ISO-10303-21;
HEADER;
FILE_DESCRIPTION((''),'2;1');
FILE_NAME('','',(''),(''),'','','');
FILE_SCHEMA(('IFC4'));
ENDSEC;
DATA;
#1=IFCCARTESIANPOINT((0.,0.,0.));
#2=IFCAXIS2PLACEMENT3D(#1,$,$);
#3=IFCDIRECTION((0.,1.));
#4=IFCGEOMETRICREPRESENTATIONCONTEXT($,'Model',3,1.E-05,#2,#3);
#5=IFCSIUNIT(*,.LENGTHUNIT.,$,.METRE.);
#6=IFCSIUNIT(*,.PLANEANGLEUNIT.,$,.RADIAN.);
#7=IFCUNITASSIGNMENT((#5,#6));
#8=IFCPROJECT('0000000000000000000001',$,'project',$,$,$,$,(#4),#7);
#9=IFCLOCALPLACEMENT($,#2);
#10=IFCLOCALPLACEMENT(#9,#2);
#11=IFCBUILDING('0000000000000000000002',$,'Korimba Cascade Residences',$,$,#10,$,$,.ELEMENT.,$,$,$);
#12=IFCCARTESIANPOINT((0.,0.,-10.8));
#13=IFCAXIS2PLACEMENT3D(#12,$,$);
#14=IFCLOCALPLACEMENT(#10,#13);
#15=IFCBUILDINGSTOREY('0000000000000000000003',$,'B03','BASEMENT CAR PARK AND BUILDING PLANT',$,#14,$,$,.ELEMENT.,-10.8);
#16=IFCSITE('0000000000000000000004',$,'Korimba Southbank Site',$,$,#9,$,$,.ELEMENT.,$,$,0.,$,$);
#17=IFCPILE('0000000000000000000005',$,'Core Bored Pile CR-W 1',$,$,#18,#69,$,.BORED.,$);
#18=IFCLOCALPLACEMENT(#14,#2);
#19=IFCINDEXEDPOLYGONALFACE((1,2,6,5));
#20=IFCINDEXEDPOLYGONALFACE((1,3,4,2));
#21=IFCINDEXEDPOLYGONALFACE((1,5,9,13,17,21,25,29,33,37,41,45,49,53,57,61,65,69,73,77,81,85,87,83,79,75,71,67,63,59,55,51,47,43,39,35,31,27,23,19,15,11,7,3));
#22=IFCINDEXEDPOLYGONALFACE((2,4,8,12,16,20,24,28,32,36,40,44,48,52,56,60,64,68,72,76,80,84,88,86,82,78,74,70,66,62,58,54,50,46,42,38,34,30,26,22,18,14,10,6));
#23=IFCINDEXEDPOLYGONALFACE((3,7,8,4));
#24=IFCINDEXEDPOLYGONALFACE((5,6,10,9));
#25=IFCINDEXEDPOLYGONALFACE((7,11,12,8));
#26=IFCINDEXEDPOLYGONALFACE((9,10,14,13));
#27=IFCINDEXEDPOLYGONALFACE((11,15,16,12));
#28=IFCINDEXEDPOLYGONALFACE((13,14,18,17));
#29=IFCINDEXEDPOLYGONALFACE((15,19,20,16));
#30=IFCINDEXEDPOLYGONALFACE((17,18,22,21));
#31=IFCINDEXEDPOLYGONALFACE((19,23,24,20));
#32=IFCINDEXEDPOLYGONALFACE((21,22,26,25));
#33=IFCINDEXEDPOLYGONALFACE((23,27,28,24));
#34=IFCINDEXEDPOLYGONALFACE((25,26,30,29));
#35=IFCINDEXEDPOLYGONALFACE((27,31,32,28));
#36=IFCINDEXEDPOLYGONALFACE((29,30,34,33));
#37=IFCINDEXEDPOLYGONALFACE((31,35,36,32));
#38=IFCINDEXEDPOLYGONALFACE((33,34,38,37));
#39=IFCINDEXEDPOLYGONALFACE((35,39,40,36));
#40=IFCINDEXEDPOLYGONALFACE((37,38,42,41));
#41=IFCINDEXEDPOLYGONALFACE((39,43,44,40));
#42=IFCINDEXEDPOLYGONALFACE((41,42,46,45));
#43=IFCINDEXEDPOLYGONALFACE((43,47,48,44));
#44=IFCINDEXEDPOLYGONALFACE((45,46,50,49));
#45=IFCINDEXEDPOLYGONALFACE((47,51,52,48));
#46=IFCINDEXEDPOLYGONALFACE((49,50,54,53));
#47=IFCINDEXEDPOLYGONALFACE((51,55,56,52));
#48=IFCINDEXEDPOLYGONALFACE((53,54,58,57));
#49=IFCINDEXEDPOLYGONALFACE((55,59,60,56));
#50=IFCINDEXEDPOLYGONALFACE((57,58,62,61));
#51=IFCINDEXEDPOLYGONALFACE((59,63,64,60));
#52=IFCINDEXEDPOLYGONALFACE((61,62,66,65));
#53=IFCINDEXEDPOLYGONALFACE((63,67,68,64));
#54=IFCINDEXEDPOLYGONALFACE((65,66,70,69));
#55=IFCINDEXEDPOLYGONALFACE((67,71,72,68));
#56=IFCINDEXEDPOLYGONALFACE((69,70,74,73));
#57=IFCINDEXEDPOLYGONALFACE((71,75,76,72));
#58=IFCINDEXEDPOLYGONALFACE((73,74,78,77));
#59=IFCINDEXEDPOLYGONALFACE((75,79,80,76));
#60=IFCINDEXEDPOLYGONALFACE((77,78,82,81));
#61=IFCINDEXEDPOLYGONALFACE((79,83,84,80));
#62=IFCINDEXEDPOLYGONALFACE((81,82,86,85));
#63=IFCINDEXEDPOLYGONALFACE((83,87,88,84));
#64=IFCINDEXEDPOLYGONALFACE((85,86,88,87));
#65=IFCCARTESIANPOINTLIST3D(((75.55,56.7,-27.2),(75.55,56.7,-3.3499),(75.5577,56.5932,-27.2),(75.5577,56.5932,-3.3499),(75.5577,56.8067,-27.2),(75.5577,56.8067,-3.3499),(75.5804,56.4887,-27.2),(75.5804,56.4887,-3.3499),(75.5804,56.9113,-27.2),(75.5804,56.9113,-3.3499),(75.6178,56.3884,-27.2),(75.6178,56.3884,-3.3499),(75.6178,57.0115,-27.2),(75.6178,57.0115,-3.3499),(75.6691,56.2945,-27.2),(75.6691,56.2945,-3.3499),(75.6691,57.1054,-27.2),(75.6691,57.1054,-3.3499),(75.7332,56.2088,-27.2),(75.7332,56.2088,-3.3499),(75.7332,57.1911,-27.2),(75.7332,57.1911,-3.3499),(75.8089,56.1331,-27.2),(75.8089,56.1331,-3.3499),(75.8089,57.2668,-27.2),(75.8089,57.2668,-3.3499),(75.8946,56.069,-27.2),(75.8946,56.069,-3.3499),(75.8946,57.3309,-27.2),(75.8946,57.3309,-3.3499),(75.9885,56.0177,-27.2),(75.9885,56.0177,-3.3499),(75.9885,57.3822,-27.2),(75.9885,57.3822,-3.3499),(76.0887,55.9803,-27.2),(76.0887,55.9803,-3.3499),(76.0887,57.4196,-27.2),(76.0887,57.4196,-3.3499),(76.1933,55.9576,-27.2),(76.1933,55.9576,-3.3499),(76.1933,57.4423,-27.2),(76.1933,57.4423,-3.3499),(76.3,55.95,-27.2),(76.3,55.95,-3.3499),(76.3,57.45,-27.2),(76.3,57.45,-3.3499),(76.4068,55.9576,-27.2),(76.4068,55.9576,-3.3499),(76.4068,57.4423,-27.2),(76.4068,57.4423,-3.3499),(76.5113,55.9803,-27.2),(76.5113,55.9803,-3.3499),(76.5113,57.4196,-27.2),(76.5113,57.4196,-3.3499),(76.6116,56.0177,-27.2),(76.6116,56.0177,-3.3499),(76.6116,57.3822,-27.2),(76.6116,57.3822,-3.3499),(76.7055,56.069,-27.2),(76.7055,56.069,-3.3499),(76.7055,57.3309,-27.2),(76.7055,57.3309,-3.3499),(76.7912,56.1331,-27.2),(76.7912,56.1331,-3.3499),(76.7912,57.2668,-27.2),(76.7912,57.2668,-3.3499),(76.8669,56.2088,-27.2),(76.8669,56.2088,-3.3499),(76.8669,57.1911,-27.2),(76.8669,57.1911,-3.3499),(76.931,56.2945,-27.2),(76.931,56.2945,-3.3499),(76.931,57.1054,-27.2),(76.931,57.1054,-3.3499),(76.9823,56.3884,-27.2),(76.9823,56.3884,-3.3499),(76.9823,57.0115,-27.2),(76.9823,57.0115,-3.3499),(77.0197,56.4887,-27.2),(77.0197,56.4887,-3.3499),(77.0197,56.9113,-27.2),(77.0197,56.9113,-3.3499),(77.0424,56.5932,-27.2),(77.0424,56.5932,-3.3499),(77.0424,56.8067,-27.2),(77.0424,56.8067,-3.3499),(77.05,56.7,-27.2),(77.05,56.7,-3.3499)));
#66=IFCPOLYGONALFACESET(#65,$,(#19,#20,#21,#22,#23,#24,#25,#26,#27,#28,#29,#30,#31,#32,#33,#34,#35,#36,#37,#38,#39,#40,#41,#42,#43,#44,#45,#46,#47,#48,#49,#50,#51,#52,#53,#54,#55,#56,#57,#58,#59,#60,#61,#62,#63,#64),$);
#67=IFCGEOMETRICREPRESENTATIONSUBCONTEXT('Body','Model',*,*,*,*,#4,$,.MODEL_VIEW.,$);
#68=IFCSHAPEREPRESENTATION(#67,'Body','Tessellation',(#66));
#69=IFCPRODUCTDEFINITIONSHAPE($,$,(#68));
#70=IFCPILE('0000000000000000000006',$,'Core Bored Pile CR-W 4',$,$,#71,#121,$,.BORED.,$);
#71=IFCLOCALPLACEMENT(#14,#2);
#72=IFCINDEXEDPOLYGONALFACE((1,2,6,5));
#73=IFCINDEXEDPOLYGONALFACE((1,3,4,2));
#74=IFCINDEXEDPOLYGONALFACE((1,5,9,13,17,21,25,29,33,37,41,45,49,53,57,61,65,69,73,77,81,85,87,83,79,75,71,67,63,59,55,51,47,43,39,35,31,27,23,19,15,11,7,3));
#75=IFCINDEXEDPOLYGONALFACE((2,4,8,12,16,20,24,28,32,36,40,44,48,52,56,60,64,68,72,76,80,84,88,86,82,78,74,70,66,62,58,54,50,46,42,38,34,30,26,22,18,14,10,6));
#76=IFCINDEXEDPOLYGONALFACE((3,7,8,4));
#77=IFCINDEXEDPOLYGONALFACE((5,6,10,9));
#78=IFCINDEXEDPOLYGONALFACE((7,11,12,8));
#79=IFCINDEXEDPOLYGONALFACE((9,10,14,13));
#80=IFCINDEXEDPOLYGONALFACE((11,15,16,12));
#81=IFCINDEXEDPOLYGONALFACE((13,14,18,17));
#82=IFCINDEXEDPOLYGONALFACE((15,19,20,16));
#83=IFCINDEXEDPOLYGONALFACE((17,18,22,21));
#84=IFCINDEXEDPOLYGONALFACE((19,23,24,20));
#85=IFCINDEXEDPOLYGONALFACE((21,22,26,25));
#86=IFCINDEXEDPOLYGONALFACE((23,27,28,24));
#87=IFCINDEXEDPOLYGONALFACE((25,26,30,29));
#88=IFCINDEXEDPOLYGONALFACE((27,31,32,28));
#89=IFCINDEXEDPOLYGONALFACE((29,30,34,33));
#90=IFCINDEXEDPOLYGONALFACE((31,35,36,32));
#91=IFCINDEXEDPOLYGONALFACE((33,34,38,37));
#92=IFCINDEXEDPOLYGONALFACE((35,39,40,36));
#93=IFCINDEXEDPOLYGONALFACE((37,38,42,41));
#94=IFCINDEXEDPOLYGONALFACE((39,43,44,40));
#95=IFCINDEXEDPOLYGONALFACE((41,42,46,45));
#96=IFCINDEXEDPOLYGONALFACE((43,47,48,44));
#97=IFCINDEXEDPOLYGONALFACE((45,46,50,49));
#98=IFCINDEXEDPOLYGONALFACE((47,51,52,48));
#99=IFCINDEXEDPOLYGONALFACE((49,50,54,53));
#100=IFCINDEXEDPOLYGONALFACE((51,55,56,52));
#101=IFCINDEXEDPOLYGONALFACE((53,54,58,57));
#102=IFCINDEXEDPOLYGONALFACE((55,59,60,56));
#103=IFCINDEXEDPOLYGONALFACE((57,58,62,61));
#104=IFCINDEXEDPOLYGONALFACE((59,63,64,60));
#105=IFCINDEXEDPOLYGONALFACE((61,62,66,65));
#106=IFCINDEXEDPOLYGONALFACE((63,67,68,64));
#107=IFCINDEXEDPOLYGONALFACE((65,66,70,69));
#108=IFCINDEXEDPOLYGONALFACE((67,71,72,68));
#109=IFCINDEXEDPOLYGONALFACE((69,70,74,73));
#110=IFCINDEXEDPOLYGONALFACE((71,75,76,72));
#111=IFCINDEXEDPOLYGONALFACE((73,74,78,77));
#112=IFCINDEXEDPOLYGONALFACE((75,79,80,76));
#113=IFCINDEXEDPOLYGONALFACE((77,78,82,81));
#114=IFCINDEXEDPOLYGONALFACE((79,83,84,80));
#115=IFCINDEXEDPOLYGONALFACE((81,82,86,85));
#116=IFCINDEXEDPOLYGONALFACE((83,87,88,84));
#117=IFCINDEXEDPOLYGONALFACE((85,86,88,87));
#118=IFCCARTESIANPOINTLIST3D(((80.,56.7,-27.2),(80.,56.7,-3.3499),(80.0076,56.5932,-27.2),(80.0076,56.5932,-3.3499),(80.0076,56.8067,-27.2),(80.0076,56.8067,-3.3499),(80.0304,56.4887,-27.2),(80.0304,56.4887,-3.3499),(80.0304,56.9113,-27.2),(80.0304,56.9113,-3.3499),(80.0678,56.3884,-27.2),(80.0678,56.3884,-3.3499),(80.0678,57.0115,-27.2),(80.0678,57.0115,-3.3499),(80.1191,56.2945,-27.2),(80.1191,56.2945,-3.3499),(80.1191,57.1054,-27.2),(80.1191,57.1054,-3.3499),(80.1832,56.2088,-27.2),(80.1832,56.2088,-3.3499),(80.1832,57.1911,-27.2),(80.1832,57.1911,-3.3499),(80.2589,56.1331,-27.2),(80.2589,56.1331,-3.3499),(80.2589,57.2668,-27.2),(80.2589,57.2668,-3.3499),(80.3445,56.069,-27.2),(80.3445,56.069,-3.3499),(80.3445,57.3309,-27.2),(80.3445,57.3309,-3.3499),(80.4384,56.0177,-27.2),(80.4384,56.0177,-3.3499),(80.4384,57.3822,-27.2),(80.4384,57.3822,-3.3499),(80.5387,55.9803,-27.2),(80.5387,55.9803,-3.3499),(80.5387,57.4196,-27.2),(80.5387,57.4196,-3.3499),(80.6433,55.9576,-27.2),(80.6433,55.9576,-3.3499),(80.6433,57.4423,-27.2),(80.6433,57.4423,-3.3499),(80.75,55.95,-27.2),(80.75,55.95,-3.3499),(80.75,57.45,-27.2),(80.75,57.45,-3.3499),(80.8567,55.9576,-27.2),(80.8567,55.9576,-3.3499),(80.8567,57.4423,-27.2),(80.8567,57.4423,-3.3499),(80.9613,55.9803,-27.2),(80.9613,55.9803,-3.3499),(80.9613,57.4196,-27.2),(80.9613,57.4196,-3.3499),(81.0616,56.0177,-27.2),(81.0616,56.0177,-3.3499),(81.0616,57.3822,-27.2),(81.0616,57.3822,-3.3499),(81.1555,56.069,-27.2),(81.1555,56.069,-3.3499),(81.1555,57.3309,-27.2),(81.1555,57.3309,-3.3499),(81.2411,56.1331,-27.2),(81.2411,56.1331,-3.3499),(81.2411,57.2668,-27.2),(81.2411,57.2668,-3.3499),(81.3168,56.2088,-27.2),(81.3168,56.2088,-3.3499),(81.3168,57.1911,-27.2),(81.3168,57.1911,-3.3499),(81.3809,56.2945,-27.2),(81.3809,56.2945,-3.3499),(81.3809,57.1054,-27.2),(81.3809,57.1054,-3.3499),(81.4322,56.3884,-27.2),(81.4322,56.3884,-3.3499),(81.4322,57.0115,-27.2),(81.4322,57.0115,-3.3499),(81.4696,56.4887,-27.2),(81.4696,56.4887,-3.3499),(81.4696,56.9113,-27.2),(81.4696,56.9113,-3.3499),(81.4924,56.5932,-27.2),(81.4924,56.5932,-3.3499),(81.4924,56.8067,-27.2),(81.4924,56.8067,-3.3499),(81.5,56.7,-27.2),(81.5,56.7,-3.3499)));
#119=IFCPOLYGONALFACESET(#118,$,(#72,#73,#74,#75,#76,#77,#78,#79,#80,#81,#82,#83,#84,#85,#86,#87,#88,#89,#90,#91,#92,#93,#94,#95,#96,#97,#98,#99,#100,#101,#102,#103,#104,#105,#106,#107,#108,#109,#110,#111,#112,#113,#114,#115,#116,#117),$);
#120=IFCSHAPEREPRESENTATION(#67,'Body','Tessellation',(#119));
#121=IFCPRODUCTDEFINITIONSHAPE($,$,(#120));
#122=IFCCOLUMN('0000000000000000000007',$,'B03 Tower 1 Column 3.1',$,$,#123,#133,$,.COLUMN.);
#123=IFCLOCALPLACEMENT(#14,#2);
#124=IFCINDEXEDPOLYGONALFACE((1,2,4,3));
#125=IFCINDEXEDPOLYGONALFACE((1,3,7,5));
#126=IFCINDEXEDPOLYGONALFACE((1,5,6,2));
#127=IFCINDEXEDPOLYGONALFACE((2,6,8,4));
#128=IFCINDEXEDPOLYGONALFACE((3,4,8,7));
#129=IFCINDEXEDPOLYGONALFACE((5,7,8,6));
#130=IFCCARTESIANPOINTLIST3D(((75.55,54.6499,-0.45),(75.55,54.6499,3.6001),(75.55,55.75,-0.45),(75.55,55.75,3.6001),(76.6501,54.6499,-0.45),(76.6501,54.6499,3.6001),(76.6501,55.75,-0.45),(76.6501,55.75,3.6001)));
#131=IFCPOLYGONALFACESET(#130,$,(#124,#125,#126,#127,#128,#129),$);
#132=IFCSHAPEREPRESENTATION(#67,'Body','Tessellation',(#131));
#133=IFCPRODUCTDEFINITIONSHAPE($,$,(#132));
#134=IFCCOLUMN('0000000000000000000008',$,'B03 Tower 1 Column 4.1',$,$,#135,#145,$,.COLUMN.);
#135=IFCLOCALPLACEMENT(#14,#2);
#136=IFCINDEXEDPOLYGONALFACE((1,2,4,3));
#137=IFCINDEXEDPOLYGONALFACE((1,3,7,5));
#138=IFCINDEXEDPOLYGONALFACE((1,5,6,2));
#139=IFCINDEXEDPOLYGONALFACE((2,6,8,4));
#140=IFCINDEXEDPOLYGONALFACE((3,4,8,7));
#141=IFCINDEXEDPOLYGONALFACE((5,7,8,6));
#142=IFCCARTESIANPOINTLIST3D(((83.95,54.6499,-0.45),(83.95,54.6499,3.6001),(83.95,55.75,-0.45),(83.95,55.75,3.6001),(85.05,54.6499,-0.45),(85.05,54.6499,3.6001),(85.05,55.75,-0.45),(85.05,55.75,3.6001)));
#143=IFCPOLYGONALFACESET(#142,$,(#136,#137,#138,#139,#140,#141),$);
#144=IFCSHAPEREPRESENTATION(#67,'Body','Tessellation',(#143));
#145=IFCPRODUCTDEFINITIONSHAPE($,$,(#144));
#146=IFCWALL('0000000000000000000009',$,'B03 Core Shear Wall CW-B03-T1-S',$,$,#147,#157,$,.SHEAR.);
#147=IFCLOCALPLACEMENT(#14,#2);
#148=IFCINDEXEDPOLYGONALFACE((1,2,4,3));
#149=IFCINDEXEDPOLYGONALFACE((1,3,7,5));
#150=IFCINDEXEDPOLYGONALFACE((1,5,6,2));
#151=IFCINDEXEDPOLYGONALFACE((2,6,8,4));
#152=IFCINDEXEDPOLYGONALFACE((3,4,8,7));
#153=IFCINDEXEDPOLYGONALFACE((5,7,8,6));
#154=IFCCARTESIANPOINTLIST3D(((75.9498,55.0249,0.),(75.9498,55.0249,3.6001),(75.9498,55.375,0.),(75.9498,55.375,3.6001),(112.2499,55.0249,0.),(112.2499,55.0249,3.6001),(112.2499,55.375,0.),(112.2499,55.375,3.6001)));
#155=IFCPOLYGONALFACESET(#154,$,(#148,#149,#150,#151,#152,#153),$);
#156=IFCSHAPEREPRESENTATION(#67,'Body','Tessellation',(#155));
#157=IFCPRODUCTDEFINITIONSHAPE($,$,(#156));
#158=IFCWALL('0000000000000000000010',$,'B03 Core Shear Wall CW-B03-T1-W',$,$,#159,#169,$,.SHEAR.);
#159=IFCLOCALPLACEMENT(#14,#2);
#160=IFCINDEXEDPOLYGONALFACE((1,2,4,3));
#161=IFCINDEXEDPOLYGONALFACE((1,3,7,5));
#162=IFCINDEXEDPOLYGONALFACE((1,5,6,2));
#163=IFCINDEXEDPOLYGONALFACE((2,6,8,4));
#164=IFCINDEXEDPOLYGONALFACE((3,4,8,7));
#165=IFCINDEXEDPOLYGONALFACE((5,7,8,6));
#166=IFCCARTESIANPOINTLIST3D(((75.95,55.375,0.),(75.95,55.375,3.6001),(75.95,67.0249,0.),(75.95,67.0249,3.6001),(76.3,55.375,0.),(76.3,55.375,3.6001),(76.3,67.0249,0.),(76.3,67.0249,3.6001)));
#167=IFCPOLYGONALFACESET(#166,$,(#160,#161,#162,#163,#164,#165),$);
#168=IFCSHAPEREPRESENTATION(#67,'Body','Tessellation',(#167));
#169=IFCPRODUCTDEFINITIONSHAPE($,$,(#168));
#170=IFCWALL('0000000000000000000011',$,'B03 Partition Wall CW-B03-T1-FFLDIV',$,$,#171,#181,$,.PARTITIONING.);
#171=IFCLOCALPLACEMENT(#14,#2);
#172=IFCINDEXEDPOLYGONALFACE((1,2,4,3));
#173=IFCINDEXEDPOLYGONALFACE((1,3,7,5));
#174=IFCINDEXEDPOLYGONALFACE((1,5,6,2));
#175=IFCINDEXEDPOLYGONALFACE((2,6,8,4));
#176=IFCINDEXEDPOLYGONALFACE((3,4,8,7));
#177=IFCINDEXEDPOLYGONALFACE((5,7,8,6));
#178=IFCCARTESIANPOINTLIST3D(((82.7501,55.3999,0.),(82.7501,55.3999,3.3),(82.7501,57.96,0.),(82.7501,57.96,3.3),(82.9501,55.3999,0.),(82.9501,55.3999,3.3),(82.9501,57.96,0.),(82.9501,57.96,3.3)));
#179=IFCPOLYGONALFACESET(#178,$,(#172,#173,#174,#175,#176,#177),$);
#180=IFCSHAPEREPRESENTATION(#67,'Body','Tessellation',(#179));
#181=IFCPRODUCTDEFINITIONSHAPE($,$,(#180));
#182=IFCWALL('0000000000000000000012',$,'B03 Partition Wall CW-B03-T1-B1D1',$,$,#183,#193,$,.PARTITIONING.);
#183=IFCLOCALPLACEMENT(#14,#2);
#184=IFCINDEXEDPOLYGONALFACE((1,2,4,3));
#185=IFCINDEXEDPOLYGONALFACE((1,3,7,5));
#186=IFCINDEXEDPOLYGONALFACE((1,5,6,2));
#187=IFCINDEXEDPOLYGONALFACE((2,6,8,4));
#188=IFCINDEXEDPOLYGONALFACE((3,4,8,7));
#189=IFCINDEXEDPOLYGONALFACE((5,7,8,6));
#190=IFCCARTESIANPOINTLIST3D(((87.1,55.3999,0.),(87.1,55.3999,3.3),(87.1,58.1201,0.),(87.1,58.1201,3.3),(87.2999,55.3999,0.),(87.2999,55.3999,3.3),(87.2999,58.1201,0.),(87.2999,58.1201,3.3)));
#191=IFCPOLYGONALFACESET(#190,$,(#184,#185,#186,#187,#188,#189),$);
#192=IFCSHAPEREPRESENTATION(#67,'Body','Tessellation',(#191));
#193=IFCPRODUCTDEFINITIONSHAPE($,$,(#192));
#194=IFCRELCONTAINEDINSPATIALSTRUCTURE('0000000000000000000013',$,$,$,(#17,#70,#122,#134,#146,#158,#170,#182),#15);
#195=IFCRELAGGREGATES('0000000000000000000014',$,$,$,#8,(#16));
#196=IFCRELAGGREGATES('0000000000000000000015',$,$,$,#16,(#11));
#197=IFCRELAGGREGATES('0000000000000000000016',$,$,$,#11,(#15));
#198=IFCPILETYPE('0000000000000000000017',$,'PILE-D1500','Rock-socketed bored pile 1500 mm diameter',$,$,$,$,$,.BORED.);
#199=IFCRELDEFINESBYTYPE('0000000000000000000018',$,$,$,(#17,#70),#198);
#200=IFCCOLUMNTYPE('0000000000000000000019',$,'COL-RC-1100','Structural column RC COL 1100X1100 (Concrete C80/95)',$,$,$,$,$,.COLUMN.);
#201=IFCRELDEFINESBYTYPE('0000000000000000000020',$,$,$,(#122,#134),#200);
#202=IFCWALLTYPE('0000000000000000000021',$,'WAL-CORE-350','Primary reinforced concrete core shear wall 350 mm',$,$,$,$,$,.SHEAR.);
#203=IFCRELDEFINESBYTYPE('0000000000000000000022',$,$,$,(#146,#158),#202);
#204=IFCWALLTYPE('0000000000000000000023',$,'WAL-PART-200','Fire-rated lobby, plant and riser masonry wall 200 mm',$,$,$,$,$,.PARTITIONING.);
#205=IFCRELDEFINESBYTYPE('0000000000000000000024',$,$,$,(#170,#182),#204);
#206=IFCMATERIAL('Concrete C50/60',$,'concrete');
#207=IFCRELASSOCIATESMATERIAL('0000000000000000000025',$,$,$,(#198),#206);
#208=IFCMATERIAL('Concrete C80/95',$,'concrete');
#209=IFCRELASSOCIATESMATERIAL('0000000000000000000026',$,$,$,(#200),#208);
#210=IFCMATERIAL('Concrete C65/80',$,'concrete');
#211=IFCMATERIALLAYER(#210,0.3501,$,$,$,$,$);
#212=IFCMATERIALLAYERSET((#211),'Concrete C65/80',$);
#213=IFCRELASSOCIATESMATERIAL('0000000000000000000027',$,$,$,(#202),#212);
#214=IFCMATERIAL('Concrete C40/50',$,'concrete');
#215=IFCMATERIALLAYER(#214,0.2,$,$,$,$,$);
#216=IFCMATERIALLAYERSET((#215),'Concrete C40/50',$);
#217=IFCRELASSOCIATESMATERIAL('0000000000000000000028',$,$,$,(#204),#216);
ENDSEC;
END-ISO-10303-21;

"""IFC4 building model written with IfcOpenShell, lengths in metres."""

from ifc_helpers import new_model, si_unit, direction, frame, frame_2d, origin, origin_2d, place, context, subcontext, project, spatial, rectangle, circle, extrude, material, layer, layer_set, material_profile, profile_set, type_object, element, save


model = new_model("IFC4")

# Units and contexts
model_context = context("Model", 3, precision=1e-05, world=origin(), true_north=direction((0.0, 1.0)))
body_context = subcontext(model_context, "Body", "Model", "MODEL_VIEW")
ifc_project = project(units=[si_unit("LENGTHUNIT", "METRE"), si_unit("PLANEANGLEUNIT", "RADIAN")], contexts=[model_context])

# Site, building, storey
site_placement = place(None, origin())
site = spatial("IfcSite", under=ifc_project, at=site_placement, Name="Korimba Southbank Site", CompositionType="ELEMENT", RefElevation=0.0)
building_placement = place(site_placement, origin())
building = spatial("IfcBuilding", under=site, at=building_placement, Name="Korimba Cascade Residences", CompositionType="ELEMENT")
storey_placement = place(building_placement, frame((0.0, 0.0, -10.8)))
storey = spatial("IfcBuildingStorey", under=building, at=storey_placement, Name="B03", Description="BASEMENT CAR PARK AND BUILDING PLANT", CompositionType="ELEMENT", Elevation=-10.8)

# Piles
ifc_material_1 = material(Name="Concrete C50/60", Category="concrete")
ifc_material_profile_1 = material_profile(ifc_material_1, circle(Radius=0.75, at=origin_2d()), Name="Concrete C50/60")
ifc_profile_set_1 = profile_set([ifc_material_profile_1], Name="Concrete C50/60")
pile_type = type_object("IfcPileType", Name="PILE-D1500", Description="Rock-socketed bored pile 1500 mm diameter", PredefinedType="BORED", material=ifc_profile_set_1)
for number, where, z_axis, x_axis, name in (
    (1, (76.3, 56.7, -3.3499), (0.0, 0.0, -1.0), (1.0, 0.0, 0.0), "Core Bored Pile CR-W 1"),
    (2, (80.75, 56.7, -3.3499), (0.0, 0.0, -1.0), (1.0, 0.0, 0.0), "Core Bored Pile CR-W 4"),
):
    element("IfcPile", number, at=place(storey_placement, frame(where, z_axis=z_axis, x_axis=x_axis)), inside=storey, type_object=pile_type, Name=name, PredefinedType="BORED", context=body_context, shape_type="SweptSolid", body=[
        extrude(circle(Radius=0.75, at=origin_2d()), origin(), (0.0, 0.0, 1.0), 23.8501),
    ])

# Columns
ifc_material_2 = material(Name="Concrete C80/95", Category="concrete")
ifc_material_profile_2 = material_profile(ifc_material_2, rectangle(XDim=1.1001, YDim=1.1001, at=origin_2d()), Name="Concrete C80/95")
ifc_profile_set_2 = profile_set([ifc_material_profile_2], Name="Concrete C80/95")
column_type = type_object("IfcColumnType", Name="COL-RC-1100", Description="Structural column RC COL 1100X1100 (Concrete C80/95)", PredefinedType="COLUMN", material=ifc_profile_set_2)
for number, where, z_axis, x_axis, name in (
    (3, (76.1001, 55.2, -0.45), (0.0, 0.0, 1.0), (1.0, 0.0, 0.0), "B03 Tower 1 Column 3.1"),
    (4, (84.5, 55.2, -0.45), (0.0, 0.0, 1.0), (1.0, 0.0, 0.0), "B03 Tower 1 Column 4.1"),
):
    element("IfcColumn", number, at=place(storey_placement, frame(where, z_axis=z_axis, x_axis=x_axis)), inside=storey, type_object=column_type, Name=name, PredefinedType="COLUMN", context=body_context, shape_type="SweptSolid", body=[
        extrude(rectangle(XDim=1.1001, YDim=1.1001, at=origin_2d()), origin(), (0.0, 0.0, 1.0), 4.05),
    ])

# Walls
ifc_material_3 = material(Name="Concrete C65/80", Category="concrete")
ifc_layer_1 = layer(ifc_material_3, 0.3501)
ifc_layer_set_1 = layer_set([ifc_layer_1], Name="Concrete C65/80")
wall_type_1 = type_object("IfcWallType", Name="WAL-CORE-350", Description="Primary reinforced concrete core shear wall 350 mm", PredefinedType="SHEAR", material=ifc_layer_set_1)
wall_1_placement = place(storey_placement, frame((75.95, 55.2, 0.0), z_axis=(0.0, 0.0, 1.0), x_axis=(1.0, 0.0, 0.0)))
element("IfcWall", 5, at=wall_1_placement, inside=storey, type_object=wall_type_1, Name="B03 Core Shear Wall CW-B03-T1-S", PredefinedType="SHEAR", context=body_context, shape_type="SweptSolid", body=[
    extrude(rectangle(XDim=36.3, YDim=0.3501, at=frame_2d((18.1499, 0.0))), origin(), (0.0, 0.0, 1.0), 3.6001),
])
wall_2_placement = place(storey_placement, frame((76.125, 55.375, 0.0), z_axis=(0.0, 0.0, 1.0), x_axis=(0.0, 1.0, 0.0)))
element("IfcWall", 6, at=wall_2_placement, inside=storey, type_object=wall_type_1, Name="B03 Core Shear Wall CW-B03-T1-W", PredefinedType="SHEAR", context=body_context, shape_type="SweptSolid", body=[
    extrude(rectangle(XDim=11.6499, YDim=0.3501, at=frame_2d((5.825, 0.0))), origin(), (0.0, 0.0, 1.0), 3.6001),
])
ifc_material_4 = material(Name="Concrete C40/50", Category="concrete")
ifc_layer_2 = layer(ifc_material_4, 0.2)
ifc_layer_set_2 = layer_set([ifc_layer_2], Name="Concrete C40/50")
wall_type_2 = type_object("IfcWallType", Name="WAL-PART-200", Description="Fire-rated lobby, plant and riser masonry wall 200 mm", PredefinedType="PARTITIONING", material=ifc_layer_set_2)
wall_3_placement = place(storey_placement, frame((82.8501, 55.3999, 0.0), z_axis=(0.0, 0.0, 1.0), x_axis=(0.0, 1.0, 0.0)))
element("IfcWall", 7, at=wall_3_placement, inside=storey, type_object=wall_type_2, Name="B03 Partition Wall CW-B03-T1-FFLDIV", PredefinedType="PARTITIONING", context=body_context, shape_type="SweptSolid", body=[
    extrude(rectangle(XDim=2.5601, YDim=0.2, at=frame_2d((1.28, 0.0))), origin(), (0.0, 0.0, 1.0), 3.3),
])
wall_4_placement = place(storey_placement, frame((87.2, 55.3999, 0.0), z_axis=(0.0, 0.0, 1.0), x_axis=(0.0, 1.0, 0.0)))
element("IfcWall", 8, at=wall_4_placement, inside=storey, type_object=wall_type_2, Name="B03 Partition Wall CW-B03-T1-B1D1", PredefinedType="PARTITIONING", context=body_context, shape_type="SweptSolid", body=[
    extrude(rectangle(XDim=2.7202, YDim=0.2, at=frame_2d((1.3601, 0.0))), origin(), (0.0, 0.0, 1.0), 3.3),
])

save(model, "model.ifc")
